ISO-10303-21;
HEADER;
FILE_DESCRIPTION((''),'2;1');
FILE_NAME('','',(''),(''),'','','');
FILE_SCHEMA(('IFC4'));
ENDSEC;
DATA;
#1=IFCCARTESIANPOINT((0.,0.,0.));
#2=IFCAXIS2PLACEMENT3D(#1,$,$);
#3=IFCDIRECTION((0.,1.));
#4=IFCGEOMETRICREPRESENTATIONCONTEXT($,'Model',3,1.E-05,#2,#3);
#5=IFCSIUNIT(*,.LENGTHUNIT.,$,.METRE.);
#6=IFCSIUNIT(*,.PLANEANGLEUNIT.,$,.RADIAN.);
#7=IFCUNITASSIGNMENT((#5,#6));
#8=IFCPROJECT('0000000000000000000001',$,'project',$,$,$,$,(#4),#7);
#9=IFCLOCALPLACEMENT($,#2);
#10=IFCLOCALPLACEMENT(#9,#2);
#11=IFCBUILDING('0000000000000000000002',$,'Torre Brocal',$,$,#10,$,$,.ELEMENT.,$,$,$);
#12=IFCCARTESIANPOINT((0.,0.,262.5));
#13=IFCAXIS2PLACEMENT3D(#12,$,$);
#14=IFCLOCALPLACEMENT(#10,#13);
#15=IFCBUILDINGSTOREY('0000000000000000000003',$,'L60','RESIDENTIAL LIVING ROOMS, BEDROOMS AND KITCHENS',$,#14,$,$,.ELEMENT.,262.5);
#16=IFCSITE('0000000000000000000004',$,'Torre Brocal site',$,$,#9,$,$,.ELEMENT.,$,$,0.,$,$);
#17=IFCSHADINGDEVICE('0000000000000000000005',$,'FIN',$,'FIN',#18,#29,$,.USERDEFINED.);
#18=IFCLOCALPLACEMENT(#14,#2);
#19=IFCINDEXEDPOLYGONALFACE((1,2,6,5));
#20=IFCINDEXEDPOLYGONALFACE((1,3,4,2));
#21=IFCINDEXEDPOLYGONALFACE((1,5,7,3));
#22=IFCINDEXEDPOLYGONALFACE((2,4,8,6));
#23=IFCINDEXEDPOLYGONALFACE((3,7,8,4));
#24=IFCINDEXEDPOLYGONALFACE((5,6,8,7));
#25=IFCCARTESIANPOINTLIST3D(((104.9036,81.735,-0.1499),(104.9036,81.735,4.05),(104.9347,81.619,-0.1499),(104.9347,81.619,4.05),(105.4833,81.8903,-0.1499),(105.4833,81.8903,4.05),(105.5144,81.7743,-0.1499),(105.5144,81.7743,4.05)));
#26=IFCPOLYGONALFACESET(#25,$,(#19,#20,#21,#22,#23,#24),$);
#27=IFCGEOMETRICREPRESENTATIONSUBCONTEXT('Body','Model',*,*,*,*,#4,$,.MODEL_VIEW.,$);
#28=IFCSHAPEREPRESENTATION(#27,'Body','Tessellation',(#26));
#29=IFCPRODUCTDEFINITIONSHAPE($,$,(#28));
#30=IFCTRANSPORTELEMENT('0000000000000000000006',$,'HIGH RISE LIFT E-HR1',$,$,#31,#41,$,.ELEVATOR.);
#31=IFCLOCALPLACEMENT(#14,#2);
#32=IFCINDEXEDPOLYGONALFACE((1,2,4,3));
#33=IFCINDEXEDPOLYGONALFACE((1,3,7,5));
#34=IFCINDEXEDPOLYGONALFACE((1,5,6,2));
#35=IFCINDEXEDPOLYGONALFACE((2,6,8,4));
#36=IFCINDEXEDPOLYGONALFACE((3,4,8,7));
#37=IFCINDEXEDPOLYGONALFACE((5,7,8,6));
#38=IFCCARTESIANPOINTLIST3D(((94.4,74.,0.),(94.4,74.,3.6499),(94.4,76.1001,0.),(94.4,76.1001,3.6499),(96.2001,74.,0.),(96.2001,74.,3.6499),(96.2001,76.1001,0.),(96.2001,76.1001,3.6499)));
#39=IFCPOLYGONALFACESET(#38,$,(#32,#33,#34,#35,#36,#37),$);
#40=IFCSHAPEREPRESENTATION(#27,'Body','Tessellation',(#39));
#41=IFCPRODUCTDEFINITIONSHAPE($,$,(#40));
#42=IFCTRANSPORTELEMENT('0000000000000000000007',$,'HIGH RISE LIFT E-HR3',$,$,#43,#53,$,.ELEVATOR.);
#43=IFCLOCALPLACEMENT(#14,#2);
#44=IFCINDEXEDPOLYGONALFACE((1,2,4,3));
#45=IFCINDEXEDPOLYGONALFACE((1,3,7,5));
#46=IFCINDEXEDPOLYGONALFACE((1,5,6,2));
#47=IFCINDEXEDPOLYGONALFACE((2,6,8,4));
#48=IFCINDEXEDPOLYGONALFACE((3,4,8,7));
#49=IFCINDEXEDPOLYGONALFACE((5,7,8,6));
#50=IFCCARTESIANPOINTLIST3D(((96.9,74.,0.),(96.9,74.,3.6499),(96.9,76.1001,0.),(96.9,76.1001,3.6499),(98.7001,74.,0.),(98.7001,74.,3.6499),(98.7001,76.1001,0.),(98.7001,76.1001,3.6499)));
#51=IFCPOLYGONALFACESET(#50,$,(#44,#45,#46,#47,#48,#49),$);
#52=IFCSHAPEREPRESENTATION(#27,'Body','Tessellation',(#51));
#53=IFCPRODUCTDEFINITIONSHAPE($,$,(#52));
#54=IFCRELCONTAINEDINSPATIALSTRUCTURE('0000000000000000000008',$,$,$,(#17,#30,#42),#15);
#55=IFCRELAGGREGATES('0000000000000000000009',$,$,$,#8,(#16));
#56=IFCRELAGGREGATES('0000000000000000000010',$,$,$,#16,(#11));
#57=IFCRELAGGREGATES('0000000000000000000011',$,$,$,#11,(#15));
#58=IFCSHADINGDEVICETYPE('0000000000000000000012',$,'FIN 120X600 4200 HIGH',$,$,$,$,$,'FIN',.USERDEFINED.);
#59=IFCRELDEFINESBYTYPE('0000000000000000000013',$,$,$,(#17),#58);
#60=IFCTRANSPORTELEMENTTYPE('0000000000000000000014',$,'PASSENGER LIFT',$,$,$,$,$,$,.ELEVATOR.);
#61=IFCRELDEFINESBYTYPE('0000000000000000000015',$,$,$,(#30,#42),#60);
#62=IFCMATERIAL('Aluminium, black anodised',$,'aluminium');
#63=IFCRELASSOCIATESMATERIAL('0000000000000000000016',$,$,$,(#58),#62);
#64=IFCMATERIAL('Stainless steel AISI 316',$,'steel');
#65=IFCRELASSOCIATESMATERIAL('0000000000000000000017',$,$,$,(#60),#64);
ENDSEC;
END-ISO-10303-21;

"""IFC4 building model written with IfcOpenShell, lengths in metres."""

from ifc_helpers import new_model, si_unit, direction, frame, origin, origin_2d, place, context, subcontext, project, spatial, rectangle, extrude, material, material_profile, profile_set, type_object, element, save


model = new_model("IFC4")

# Units and contexts
model_context = context("Model", 3, precision=1e-05, world=origin(), true_north=direction((0.0, 1.0)))
body_context = subcontext(model_context, "Body", "Model", "MODEL_VIEW")
ifc_project = project(units=[si_unit("LENGTHUNIT", "METRE"), si_unit("PLANEANGLEUNIT", "RADIAN")], contexts=[model_context])

# Site, building, storey
site_placement = place(None, origin())
site = spatial("IfcSite", under=ifc_project, at=site_placement, Name="Torre Brocal site", CompositionType="ELEMENT", RefElevation=0.0)
building_placement = place(site_placement, origin())
building = spatial("IfcBuilding", under=site, at=building_placement, Name="Torre Brocal", CompositionType="ELEMENT")
storey_placement = place(building_placement, frame((0.0, 0.0, 262.5)))
storey = spatial("IfcBuildingStorey", under=building, at=storey_placement, Name="L60", Description="RESIDENTIAL LIVING ROOMS, BEDROOMS AND KITCHENS", CompositionType="ELEMENT", Elevation=262.5)

# Shading device
ifc_material_1 = material(Name="Aluminium, black anodised", Category="aluminium")
ifc_material_profile_1 = material_profile(ifc_material_1, rectangle(XDim=0.1201, YDim=0.6001, at=origin_2d()), Name="FIN 120X600 4200 HIGH")
ifc_profile_set_1 = profile_set([ifc_material_profile_1], Name="Aluminium, black anodised")
shading_device_type = type_object("IfcShadingDeviceType", Name="FIN 120X600 4200 HIGH", ElementType="FIN", PredefinedType="USERDEFINED", material=ifc_profile_set_1)
shading_device_placement = place(storey_placement, frame((105.209, 81.7546, -0.1499), z_axis=(0.0, 0.0, 1.0), x_axis=(-0.258819, 0.965926, 0.0)))
element("IfcShadingDevice", 1, at=shading_device_placement, inside=storey, type_object=shading_device_type, Name="FIN", ObjectType="FIN", PredefinedType="USERDEFINED", context=body_context, shape_type="SweptSolid", body=[
    extrude(rectangle(XDim=0.1201, YDim=0.6001, at=origin_2d()), origin(), (0.0, 0.0, 1.0), 4.2),
])

# Transport elements
ifc_material_2 = material(Name="Stainless steel AISI 316", Category="steel")
transport_element_type = type_object("IfcTransportElementType", Name="PASSENGER LIFT", PredefinedType="ELEVATOR", material=ifc_material_2)
for number, where, z_axis, x_axis, name in (
    (2, (95.3, 75.05, 0.0), (0.0, 0.0, 1.0), (1.0, 0.0, 0.0), "HIGH RISE LIFT E-HR1"),
    (3, (97.8, 75.05, 0.0), (0.0, 0.0, 1.0), (1.0, 0.0, 0.0), "HIGH RISE LIFT E-HR3"),
):
    element("IfcTransportElement", number, at=place(storey_placement, frame(where, z_axis=z_axis, x_axis=x_axis)), inside=storey, type_object=transport_element_type, Name=name, PredefinedType="ELEVATOR", context=body_context, shape_type="SweptSolid", body=[
        extrude(rectangle(XDim=1.8, YDim=2.1001, at=origin_2d()), origin(), (0.0, 0.0, 1.0), 3.6499),
    ])

save(model, "model.ifc")
